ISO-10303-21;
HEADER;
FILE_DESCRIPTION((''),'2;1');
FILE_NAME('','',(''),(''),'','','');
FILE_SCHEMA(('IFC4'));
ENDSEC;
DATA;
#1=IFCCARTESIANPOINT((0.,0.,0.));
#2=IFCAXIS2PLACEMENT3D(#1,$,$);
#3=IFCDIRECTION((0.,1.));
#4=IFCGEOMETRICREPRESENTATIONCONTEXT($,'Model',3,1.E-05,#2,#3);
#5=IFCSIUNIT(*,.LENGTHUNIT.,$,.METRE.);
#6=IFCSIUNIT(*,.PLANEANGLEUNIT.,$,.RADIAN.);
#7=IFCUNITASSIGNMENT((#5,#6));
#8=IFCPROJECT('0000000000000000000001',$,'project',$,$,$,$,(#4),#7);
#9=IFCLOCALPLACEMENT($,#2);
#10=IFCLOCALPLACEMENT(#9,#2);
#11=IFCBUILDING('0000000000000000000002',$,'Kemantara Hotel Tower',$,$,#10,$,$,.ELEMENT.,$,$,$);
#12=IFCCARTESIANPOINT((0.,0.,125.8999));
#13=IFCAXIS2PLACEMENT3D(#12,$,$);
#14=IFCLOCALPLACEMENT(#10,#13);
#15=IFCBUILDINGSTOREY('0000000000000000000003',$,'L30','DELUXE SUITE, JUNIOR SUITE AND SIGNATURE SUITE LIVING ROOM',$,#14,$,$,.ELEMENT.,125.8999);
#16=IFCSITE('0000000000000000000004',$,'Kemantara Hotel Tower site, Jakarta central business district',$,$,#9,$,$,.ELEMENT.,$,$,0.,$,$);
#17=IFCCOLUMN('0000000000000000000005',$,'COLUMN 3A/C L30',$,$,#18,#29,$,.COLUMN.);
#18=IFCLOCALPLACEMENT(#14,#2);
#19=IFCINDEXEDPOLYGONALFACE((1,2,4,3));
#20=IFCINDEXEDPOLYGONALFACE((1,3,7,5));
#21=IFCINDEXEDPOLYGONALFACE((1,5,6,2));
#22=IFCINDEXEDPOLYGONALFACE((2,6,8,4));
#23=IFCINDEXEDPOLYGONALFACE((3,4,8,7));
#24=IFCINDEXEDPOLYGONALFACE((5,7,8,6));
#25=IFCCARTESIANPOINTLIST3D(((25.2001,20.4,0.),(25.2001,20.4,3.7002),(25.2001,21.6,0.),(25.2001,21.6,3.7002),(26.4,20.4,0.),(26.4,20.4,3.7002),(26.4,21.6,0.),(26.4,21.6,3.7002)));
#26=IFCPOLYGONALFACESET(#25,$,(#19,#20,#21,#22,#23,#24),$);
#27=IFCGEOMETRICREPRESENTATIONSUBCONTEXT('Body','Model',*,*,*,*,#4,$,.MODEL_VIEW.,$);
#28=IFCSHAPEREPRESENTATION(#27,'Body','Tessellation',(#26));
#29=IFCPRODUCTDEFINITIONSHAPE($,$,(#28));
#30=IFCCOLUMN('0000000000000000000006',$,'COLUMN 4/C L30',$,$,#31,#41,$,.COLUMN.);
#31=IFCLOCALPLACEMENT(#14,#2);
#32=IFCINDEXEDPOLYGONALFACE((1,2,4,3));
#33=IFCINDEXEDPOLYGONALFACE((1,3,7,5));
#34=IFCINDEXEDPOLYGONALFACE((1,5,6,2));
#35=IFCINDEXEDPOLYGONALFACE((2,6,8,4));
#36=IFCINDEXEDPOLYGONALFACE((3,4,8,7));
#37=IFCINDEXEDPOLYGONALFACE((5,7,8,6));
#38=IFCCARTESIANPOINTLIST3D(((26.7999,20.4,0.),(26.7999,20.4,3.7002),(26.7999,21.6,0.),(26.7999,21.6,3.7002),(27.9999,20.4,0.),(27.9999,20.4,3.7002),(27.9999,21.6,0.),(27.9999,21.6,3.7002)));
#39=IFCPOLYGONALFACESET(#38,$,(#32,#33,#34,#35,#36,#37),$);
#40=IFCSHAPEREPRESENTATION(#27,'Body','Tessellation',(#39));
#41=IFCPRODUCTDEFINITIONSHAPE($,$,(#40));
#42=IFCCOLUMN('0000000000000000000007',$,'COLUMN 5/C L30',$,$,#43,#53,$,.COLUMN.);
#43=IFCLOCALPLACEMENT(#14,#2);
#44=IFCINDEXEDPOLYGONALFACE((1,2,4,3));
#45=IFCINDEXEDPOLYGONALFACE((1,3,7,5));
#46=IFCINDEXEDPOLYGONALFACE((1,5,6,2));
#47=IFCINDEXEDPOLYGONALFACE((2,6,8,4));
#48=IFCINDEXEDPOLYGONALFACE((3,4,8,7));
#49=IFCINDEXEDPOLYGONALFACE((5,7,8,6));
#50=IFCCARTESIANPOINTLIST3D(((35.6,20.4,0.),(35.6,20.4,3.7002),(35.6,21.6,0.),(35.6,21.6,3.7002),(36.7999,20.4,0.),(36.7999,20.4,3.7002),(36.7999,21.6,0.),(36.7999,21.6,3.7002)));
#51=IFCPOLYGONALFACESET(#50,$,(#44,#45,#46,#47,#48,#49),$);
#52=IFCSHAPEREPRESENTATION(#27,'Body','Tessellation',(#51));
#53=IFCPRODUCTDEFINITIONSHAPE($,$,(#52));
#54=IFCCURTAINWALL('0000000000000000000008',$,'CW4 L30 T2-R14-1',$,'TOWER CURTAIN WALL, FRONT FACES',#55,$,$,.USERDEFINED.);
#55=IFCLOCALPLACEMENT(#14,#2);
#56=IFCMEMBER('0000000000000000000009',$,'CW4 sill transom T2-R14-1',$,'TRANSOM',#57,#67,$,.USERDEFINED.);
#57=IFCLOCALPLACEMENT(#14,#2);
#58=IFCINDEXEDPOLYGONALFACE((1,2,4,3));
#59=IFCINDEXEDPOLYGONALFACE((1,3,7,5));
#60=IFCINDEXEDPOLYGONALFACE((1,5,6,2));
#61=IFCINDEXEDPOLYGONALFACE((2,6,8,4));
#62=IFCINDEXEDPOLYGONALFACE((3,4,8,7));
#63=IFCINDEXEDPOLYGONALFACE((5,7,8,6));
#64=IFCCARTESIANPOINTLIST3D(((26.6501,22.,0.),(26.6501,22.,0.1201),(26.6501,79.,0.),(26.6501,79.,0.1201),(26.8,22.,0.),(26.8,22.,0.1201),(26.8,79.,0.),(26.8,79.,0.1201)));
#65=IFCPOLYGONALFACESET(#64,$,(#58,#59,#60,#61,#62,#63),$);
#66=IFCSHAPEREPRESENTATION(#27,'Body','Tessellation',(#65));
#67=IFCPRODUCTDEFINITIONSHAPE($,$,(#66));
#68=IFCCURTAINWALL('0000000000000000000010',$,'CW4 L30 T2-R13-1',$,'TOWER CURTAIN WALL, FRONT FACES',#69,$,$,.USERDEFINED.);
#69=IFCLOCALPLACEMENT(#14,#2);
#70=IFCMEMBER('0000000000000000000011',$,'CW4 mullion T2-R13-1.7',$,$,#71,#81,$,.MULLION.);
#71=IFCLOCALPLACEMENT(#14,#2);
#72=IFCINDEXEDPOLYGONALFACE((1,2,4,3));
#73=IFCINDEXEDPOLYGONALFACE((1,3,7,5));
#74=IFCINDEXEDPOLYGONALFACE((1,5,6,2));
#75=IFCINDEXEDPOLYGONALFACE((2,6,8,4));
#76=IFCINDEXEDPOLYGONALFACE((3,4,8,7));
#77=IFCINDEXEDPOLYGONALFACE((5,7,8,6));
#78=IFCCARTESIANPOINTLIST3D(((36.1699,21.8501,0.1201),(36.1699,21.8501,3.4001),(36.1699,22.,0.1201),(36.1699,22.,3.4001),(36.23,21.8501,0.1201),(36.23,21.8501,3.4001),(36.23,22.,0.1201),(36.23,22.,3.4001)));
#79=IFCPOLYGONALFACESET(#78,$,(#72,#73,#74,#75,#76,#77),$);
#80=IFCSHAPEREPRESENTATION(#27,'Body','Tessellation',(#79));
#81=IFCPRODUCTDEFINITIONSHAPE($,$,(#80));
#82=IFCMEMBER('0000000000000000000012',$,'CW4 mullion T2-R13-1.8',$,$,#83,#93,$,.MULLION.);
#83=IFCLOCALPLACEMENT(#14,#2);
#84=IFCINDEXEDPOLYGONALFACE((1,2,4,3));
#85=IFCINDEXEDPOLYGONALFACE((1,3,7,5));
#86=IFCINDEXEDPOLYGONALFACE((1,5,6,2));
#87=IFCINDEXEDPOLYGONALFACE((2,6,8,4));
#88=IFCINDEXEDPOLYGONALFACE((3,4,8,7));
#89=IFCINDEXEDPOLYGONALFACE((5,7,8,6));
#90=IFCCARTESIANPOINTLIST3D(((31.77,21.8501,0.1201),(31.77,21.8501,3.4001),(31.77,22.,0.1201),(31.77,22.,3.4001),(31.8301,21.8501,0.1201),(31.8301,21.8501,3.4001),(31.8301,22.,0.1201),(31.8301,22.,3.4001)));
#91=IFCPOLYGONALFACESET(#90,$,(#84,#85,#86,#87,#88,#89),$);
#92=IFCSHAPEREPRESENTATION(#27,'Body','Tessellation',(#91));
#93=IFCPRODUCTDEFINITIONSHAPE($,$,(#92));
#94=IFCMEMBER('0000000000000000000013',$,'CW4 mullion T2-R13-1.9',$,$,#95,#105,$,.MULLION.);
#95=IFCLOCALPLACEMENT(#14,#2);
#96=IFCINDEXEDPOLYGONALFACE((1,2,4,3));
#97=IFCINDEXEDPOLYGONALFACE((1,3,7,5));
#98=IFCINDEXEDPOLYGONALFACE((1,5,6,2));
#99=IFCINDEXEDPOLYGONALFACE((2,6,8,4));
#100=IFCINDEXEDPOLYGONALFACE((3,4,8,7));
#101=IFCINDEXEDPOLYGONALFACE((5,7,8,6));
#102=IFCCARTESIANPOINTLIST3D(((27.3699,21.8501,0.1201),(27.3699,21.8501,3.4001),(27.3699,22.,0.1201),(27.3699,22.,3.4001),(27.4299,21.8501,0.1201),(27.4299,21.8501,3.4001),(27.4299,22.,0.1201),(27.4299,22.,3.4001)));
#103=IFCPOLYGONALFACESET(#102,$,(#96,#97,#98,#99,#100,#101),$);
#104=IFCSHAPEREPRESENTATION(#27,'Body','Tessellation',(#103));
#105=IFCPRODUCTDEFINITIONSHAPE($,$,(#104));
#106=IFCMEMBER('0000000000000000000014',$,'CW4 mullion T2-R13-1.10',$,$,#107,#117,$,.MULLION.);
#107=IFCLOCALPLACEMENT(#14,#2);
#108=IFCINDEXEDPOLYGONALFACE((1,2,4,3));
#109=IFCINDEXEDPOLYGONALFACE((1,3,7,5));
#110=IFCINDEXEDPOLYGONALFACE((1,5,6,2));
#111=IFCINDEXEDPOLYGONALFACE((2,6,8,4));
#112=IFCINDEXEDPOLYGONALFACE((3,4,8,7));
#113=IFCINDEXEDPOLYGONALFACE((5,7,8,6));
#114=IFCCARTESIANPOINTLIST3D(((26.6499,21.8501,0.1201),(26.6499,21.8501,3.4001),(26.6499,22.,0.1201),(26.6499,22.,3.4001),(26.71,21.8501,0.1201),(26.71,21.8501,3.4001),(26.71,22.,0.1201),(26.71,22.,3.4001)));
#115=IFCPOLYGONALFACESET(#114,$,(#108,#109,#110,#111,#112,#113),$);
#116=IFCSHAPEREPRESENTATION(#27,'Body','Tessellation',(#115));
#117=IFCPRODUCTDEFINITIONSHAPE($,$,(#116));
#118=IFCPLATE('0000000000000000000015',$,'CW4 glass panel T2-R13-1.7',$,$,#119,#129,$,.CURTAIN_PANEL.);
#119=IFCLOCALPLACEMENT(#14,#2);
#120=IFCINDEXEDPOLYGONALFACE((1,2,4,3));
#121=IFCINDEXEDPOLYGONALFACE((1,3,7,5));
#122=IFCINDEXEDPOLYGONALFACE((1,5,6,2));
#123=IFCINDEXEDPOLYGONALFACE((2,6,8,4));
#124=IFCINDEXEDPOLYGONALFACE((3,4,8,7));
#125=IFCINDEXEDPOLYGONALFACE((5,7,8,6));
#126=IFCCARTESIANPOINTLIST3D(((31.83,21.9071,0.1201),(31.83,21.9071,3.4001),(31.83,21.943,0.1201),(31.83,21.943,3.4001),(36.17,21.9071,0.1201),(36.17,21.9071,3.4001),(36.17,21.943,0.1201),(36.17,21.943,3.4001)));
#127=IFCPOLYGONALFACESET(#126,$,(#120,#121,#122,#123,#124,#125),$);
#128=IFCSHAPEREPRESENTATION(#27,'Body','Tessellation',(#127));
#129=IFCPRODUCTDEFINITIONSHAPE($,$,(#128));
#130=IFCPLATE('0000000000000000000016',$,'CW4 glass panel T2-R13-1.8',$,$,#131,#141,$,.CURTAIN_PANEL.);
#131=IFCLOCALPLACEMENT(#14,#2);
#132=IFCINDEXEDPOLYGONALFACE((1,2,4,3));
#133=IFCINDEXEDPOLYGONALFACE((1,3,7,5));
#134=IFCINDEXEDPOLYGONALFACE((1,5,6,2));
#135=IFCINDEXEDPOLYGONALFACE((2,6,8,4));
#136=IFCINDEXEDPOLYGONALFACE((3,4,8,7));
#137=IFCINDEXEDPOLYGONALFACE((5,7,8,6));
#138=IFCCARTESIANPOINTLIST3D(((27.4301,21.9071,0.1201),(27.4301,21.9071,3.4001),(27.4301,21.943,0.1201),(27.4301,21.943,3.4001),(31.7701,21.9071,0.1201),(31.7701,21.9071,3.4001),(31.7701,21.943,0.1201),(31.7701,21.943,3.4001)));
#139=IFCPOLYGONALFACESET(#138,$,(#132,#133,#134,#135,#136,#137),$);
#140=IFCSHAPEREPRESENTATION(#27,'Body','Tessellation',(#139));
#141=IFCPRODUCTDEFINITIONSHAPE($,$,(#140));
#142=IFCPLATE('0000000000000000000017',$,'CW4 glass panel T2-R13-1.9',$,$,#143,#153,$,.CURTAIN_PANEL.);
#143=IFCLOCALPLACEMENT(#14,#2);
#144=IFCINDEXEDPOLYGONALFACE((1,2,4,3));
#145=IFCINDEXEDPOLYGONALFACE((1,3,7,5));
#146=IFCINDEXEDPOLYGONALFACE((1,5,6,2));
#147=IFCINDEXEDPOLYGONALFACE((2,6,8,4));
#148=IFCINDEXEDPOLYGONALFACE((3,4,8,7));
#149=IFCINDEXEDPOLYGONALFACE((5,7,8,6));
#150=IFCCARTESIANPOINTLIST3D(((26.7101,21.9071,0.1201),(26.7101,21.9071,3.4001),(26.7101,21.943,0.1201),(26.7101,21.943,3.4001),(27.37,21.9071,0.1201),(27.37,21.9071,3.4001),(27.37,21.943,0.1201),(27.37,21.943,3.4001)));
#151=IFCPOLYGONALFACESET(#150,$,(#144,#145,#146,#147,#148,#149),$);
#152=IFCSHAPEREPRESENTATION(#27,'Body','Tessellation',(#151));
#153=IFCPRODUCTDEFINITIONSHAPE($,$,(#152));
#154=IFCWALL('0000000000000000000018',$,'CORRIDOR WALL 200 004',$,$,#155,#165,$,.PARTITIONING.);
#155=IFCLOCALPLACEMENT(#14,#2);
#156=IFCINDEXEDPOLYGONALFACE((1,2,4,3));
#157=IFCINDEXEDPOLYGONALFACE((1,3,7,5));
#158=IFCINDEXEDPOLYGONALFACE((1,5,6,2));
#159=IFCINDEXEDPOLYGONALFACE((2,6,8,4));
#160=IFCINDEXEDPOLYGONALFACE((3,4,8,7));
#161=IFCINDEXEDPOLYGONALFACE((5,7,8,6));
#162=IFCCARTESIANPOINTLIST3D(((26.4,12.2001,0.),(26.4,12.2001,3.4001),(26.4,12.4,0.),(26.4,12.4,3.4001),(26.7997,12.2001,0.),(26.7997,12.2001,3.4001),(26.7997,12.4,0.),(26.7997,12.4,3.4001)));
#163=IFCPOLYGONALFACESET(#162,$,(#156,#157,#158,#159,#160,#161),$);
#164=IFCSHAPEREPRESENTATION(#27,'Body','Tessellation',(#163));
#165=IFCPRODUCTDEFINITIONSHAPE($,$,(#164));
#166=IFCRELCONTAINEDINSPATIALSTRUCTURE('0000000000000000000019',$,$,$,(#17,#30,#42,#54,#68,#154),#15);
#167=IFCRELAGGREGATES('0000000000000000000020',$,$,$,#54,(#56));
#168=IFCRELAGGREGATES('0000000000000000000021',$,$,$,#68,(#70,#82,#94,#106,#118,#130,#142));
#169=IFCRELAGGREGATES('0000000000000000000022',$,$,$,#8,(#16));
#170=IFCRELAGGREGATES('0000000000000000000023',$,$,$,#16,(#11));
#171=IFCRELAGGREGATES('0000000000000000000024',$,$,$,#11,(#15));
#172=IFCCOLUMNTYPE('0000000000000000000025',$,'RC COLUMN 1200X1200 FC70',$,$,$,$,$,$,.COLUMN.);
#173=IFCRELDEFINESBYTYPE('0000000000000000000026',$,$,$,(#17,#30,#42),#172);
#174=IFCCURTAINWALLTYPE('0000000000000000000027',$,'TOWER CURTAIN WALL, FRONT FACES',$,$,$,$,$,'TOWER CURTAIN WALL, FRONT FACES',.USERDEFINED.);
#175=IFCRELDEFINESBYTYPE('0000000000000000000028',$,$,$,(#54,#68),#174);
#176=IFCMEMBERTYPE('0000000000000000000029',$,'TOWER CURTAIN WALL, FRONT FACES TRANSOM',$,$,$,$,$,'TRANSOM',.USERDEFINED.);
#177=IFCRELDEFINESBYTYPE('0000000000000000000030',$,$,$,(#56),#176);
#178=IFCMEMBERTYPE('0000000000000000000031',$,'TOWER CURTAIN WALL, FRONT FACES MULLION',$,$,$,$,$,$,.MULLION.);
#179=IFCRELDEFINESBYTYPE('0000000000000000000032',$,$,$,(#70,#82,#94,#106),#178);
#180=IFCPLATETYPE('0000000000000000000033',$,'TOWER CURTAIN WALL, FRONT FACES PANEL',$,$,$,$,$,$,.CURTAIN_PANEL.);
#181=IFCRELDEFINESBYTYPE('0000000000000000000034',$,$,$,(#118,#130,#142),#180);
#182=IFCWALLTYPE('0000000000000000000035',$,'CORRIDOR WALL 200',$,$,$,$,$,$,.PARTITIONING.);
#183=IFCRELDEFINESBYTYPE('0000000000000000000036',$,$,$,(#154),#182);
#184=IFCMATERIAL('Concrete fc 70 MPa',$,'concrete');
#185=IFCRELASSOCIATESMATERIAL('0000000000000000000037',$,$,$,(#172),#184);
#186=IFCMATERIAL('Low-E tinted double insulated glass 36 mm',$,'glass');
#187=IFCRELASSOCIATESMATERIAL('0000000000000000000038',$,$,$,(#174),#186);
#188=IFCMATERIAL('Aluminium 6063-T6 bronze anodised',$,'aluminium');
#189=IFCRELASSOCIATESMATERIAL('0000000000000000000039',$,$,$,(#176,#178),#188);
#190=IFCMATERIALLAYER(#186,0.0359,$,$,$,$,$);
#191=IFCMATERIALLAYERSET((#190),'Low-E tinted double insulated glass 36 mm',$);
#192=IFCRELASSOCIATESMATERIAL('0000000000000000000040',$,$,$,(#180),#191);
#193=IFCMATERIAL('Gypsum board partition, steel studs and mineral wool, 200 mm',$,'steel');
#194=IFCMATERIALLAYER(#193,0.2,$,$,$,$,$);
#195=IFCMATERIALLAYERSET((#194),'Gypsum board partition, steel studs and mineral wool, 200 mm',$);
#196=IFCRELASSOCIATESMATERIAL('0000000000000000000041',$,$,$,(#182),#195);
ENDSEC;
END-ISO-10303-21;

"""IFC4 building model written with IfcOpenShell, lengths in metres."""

from ifc_helpers import new_model, si_unit, direction, frame, frame_2d, origin, origin_2d, place, context, subcontext, project, spatial, rectangle, extrude, source, transform, mapped, material, layer, layer_set, material_profile, profile_set, type_object, element, aggregate, save


model = new_model("IFC4")

# Units and contexts
model_context = context("Model", 3, precision=1e-05, world=origin(), true_north=direction((0.0, 1.0)))
body_context = subcontext(model_context, "Body", "Model", "MODEL_VIEW")
ifc_project = project(units=[si_unit("LENGTHUNIT", "METRE"), si_unit("PLANEANGLEUNIT", "RADIAN")], contexts=[model_context])

# Site, building, storey
site_placement = place(None, origin())
site = spatial("IfcSite", under=ifc_project, at=site_placement, Name="Kemantara Hotel Tower site, Jakarta central business district", CompositionType="ELEMENT", RefElevation=0.0)
building_placement = place(site_placement, origin())
building = spatial("IfcBuilding", under=site, at=building_placement, Name="Kemantara Hotel Tower", CompositionType="ELEMENT")
storey_placement = place(building_placement, frame((0.0, 0.0, 125.8999)))
storey = spatial("IfcBuildingStorey", under=building, at=storey_placement, Name="L30", Description="DELUXE SUITE, JUNIOR SUITE AND SIGNATURE SUITE LIVING ROOM", CompositionType="ELEMENT", Elevation=125.8999)

# Columns
ifc_material_1 = material(Name="Concrete fc 70 MPa", Category="concrete")
ifc_material_profile_1 = material_profile(ifc_material_1, rectangle(XDim=1.2, YDim=1.2, at=origin_2d()), Name="RC 1200X1200")
ifc_profile_set_1 = profile_set([ifc_material_profile_1], Name="Concrete fc 70 MPa")
column_type = type_object("IfcColumnType", Name="RC COLUMN 1200X1200 FC70", PredefinedType="COLUMN", material=ifc_profile_set_1)
for number, where, z_axis, x_axis, name in (
    (1, (25.8, 21.0, 0.0), (0.0, 0.0, 1.0), (1.0, 0.0, 0.0), "COLUMN 3A/C L30"),
    (2, (27.3999, 21.0, 0.0), (0.0, 0.0, 1.0), (1.0, 0.0, 0.0), "COLUMN 4/C L30"),
    (3, (36.2, 21.0, 0.0), (0.0, 0.0, 1.0), (1.0, 0.0, 0.0), "COLUMN 5/C L30"),
):
    element("IfcColumn", number, at=place(storey_placement, frame(where, z_axis=z_axis, x_axis=x_axis)), inside=storey, type_object=column_type, Name=name, PredefinedType="COLUMN", context=body_context, shape_type="SweptSolid", body=[
        extrude(rectangle(XDim=1.2, YDim=1.2, at=origin_2d()), origin(), (0.0, 0.0, 1.0), 3.7002),
    ])

# Curtain wall, member
ifc_material_2 = material(Name="Low-E tinted double insulated glass 36 mm", Category="glass")
curtain_wall_type = type_object("IfcCurtainWallType", Name="TOWER CURTAIN WALL, FRONT FACES", ElementType="TOWER CURTAIN WALL, FRONT FACES", PredefinedType="USERDEFINED", material=ifc_material_2)
curtain_wall_1_placement = place(storey_placement, origin())
curtain_wall_1 = element("IfcCurtainWall", 4, at=curtain_wall_1_placement, inside=storey, type_object=curtain_wall_type, Name="CW4 L30 T2-R14-1", ObjectType="TOWER CURTAIN WALL, FRONT FACES", PredefinedType="USERDEFINED")
ifc_material_3 = material(Name="Aluminium 6063-T6 bronze anodised", Category="aluminium")
ifc_material_profile_2 = material_profile(ifc_material_3, rectangle(XDim=0.1499, YDim=0.1201, at=origin_2d()), Name="TOWER CURTAIN WALL, FRONT FACES TRANSOM")
ifc_profile_set_2 = profile_set([ifc_material_profile_2], Name="Aluminium 6063-T6 bronze anodised")
member_type_1 = type_object("IfcMemberType", Name="TOWER CURTAIN WALL, FRONT FACES TRANSOM", ElementType="TRANSOM", PredefinedType="USERDEFINED", material=ifc_profile_set_2)
member_1_placement = place(storey_placement, frame((26.7251, 22.0, 0.0601), z_axis=(0.0, 1.0, 0.0), x_axis=(-1.0, 0.0, 0.0)))
member_1 = element("IfcMember", 5, at=member_1_placement, type_object=member_type_1, Name="CW4 sill transom T2-R14-1", ObjectType="TRANSOM", PredefinedType="USERDEFINED", context=body_context, shape_type="SweptSolid", body=[
    extrude(rectangle(XDim=0.1499, YDim=0.1201, at=origin_2d()), origin(), (0.0, 0.0, 1.0), 57.0),
])
aggregate(curtain_wall_1, [member_1])

# Curtain wall, members, plates
curtain_wall_2_placement = place(storey_placement, origin())
curtain_wall_2 = element("IfcCurtainWall", 6, at=curtain_wall_2_placement, inside=storey, type_object=curtain_wall_type, Name="CW4 L30 T2-R13-1", ObjectType="TOWER CURTAIN WALL, FRONT FACES", PredefinedType="USERDEFINED")
ifc_material_profile_3 = material_profile(ifc_material_3, rectangle(XDim=0.1499, YDim=0.0601, at=origin_2d()), Name="TOWER CURTAIN WALL, FRONT FACES MULLION")
ifc_profile_set_3 = profile_set([ifc_material_profile_3], Name="Aluminium 6063-T6 bronze anodised")
member_type_2 = type_object("IfcMemberType", Name="TOWER CURTAIN WALL, FRONT FACES MULLION", PredefinedType="MULLION", material=ifc_profile_set_3)
shared_shape_1 = source(origin(), body_context, "Body", "SweptSolid", [
    extrude(rectangle(XDim=0.1499, YDim=0.0601, at=origin_2d()), origin(), (0.0, 0.0, 1.0), 3.28),
])
member_2_placement = place(storey_placement, frame((36.2, 21.925, 0.1201), z_axis=(0.0, 0.0, 1.0), x_axis=(0.0, -1.0, 0.0)))
member_2 = element("IfcMember", 7, at=member_2_placement, type_object=member_type_2, Name="CW4 mullion T2-R13-1.7", PredefinedType="MULLION", context=body_context, shape_type="MappedRepresentation", body=[
    mapped(shared_shape_1, transform((0.0, 0.0, 0.0))),
])
member_3_placement = place(storey_placement, frame((31.8, 21.925, 0.1201), z_axis=(0.0, 0.0, 1.0), x_axis=(0.0, -1.0, 0.0)))
member_3 = element("IfcMember", 8, at=member_3_placement, type_object=member_type_2, Name="CW4 mullion T2-R13-1.8", PredefinedType="MULLION", context=body_context, shape_type="MappedRepresentation", body=[
    mapped(shared_shape_1, transform((0.0, 0.0, 0.0))),
])
member_4_placement = place(storey_placement, frame((27.3999, 21.925, 0.1201), z_axis=(0.0, 0.0, 1.0), x_axis=(0.0, -1.0, 0.0)))
member_4 = element("IfcMember", 9, at=member_4_placement, type_object=member_type_2, Name="CW4 mullion T2-R13-1.9", PredefinedType="MULLION", context=body_context, shape_type="MappedRepresentation", body=[
    mapped(shared_shape_1, transform((0.0, 0.0, 0.0))),
])
member_5_placement = place(storey_placement, frame((26.6799, 21.925, 0.1201), z_axis=(0.0, 0.0, 1.0), x_axis=(0.0, -1.0, 0.0)))
member_5 = element("IfcMember", 10, at=member_5_placement, type_object=member_type_2, Name="CW4 mullion T2-R13-1.10", PredefinedType="MULLION", context=body_context, shape_type="MappedRepresentation", body=[
    mapped(shared_shape_1, transform((0.0, 0.0, 0.0))),
])
ifc_layer_1 = layer(ifc_material_2, 0.0359)
ifc_layer_set_1 = layer_set([ifc_layer_1], Name="Low-E tinted double insulated glass 36 mm")
plate_type = type_object("IfcPlateType", Name="TOWER CURTAIN WALL, FRONT FACES PANEL", PredefinedType="CURTAIN_PANEL", material=ifc_layer_set_1)
shared_shape_2 = source(origin(), body_context, "Body", "SweptSolid", [
    extrude(rectangle(XDim=4.3401, YDim=0.0359, at=origin_2d()), origin(), (0.0, 0.0, 1.0), 3.28),
])
plate_1_placement = place(storey_placement, frame((34.0, 21.925, 0.1201), z_axis=(0.0, 0.0, 1.0), x_axis=(-1.0, 0.0, 0.0)))
plate_1 = element("IfcPlate", 11, at=plate_1_placement, type_object=plate_type, Name="CW4 glass panel T2-R13-1.7", PredefinedType="CURTAIN_PANEL", context=body_context, shape_type="MappedRepresentation", body=[
    mapped(shared_shape_2, transform((0.0, 0.0, 0.0))),
])
plate_2_placement = place(storey_placement, frame((29.6001, 21.925, 0.1201), z_axis=(0.0, 0.0, 1.0), x_axis=(-1.0, 0.0, 0.0)))
plate_2 = element("IfcPlate", 12, at=plate_2_placement, type_object=plate_type, Name="CW4 glass panel T2-R13-1.8", PredefinedType="CURTAIN_PANEL", context=body_context, shape_type="MappedRepresentation", body=[
    mapped(shared_shape_2, transform((0.0, 0.0, 0.0))),
])
shared_shape_3 = source(origin(), body_context, "Body", "SweptSolid", [
    extrude(rectangle(XDim=0.6599, YDim=0.0359, at=origin_2d()), origin(), (0.0, 0.0, 1.0), 3.28),
])
plate_3_placement = place(storey_placement, frame((27.04, 21.925, 0.1201), z_axis=(0.0, 0.0, 1.0), x_axis=(-1.0, 0.0, 0.0)))
plate_3 = element("IfcPlate", 13, at=plate_3_placement, type_object=plate_type, Name="CW4 glass panel T2-R13-1.9", PredefinedType="CURTAIN_PANEL", context=body_context, shape_type="MappedRepresentation", body=[
    mapped(shared_shape_3, transform((0.0, 0.0, 0.0))),
])
aggregate(curtain_wall_2, [member_2, member_3, member_4, member_5, plate_1, plate_2, plate_3])

# Wall
ifc_material_4 = material(Name="Gypsum board partition, steel studs and mineral wool, 200 mm", Category="steel")
ifc_layer_2 = layer(ifc_material_4, 0.2)
ifc_layer_set_2 = layer_set([ifc_layer_2], Name="Gypsum board partition, steel studs and mineral wool, 200 mm")
wall_type_1 = type_object("IfcWallType", Name="CORRIDOR WALL 200", PredefinedType="PARTITIONING", material=ifc_layer_set_2)
wall_1_placement = place(storey_placement, frame((26.4001, 12.3, 0.0), z_axis=(0.0, 0.0, 1.0), x_axis=(1.0, 0.0, 0.0)))
element("IfcWall", 14, at=wall_1_placement, inside=storey, type_object=wall_type_1, Name="CORRIDOR WALL 200 004", PredefinedType="PARTITIONING", context=body_context, shape_type="SweptSolid", body=[
    extrude(rectangle(XDim=0.3997, YDim=0.2, at=frame_2d((0.1997, 0.0))), origin(), (0.0, 0.0, 1.0), 3.4001),
])

save(model, "model.ifc")
